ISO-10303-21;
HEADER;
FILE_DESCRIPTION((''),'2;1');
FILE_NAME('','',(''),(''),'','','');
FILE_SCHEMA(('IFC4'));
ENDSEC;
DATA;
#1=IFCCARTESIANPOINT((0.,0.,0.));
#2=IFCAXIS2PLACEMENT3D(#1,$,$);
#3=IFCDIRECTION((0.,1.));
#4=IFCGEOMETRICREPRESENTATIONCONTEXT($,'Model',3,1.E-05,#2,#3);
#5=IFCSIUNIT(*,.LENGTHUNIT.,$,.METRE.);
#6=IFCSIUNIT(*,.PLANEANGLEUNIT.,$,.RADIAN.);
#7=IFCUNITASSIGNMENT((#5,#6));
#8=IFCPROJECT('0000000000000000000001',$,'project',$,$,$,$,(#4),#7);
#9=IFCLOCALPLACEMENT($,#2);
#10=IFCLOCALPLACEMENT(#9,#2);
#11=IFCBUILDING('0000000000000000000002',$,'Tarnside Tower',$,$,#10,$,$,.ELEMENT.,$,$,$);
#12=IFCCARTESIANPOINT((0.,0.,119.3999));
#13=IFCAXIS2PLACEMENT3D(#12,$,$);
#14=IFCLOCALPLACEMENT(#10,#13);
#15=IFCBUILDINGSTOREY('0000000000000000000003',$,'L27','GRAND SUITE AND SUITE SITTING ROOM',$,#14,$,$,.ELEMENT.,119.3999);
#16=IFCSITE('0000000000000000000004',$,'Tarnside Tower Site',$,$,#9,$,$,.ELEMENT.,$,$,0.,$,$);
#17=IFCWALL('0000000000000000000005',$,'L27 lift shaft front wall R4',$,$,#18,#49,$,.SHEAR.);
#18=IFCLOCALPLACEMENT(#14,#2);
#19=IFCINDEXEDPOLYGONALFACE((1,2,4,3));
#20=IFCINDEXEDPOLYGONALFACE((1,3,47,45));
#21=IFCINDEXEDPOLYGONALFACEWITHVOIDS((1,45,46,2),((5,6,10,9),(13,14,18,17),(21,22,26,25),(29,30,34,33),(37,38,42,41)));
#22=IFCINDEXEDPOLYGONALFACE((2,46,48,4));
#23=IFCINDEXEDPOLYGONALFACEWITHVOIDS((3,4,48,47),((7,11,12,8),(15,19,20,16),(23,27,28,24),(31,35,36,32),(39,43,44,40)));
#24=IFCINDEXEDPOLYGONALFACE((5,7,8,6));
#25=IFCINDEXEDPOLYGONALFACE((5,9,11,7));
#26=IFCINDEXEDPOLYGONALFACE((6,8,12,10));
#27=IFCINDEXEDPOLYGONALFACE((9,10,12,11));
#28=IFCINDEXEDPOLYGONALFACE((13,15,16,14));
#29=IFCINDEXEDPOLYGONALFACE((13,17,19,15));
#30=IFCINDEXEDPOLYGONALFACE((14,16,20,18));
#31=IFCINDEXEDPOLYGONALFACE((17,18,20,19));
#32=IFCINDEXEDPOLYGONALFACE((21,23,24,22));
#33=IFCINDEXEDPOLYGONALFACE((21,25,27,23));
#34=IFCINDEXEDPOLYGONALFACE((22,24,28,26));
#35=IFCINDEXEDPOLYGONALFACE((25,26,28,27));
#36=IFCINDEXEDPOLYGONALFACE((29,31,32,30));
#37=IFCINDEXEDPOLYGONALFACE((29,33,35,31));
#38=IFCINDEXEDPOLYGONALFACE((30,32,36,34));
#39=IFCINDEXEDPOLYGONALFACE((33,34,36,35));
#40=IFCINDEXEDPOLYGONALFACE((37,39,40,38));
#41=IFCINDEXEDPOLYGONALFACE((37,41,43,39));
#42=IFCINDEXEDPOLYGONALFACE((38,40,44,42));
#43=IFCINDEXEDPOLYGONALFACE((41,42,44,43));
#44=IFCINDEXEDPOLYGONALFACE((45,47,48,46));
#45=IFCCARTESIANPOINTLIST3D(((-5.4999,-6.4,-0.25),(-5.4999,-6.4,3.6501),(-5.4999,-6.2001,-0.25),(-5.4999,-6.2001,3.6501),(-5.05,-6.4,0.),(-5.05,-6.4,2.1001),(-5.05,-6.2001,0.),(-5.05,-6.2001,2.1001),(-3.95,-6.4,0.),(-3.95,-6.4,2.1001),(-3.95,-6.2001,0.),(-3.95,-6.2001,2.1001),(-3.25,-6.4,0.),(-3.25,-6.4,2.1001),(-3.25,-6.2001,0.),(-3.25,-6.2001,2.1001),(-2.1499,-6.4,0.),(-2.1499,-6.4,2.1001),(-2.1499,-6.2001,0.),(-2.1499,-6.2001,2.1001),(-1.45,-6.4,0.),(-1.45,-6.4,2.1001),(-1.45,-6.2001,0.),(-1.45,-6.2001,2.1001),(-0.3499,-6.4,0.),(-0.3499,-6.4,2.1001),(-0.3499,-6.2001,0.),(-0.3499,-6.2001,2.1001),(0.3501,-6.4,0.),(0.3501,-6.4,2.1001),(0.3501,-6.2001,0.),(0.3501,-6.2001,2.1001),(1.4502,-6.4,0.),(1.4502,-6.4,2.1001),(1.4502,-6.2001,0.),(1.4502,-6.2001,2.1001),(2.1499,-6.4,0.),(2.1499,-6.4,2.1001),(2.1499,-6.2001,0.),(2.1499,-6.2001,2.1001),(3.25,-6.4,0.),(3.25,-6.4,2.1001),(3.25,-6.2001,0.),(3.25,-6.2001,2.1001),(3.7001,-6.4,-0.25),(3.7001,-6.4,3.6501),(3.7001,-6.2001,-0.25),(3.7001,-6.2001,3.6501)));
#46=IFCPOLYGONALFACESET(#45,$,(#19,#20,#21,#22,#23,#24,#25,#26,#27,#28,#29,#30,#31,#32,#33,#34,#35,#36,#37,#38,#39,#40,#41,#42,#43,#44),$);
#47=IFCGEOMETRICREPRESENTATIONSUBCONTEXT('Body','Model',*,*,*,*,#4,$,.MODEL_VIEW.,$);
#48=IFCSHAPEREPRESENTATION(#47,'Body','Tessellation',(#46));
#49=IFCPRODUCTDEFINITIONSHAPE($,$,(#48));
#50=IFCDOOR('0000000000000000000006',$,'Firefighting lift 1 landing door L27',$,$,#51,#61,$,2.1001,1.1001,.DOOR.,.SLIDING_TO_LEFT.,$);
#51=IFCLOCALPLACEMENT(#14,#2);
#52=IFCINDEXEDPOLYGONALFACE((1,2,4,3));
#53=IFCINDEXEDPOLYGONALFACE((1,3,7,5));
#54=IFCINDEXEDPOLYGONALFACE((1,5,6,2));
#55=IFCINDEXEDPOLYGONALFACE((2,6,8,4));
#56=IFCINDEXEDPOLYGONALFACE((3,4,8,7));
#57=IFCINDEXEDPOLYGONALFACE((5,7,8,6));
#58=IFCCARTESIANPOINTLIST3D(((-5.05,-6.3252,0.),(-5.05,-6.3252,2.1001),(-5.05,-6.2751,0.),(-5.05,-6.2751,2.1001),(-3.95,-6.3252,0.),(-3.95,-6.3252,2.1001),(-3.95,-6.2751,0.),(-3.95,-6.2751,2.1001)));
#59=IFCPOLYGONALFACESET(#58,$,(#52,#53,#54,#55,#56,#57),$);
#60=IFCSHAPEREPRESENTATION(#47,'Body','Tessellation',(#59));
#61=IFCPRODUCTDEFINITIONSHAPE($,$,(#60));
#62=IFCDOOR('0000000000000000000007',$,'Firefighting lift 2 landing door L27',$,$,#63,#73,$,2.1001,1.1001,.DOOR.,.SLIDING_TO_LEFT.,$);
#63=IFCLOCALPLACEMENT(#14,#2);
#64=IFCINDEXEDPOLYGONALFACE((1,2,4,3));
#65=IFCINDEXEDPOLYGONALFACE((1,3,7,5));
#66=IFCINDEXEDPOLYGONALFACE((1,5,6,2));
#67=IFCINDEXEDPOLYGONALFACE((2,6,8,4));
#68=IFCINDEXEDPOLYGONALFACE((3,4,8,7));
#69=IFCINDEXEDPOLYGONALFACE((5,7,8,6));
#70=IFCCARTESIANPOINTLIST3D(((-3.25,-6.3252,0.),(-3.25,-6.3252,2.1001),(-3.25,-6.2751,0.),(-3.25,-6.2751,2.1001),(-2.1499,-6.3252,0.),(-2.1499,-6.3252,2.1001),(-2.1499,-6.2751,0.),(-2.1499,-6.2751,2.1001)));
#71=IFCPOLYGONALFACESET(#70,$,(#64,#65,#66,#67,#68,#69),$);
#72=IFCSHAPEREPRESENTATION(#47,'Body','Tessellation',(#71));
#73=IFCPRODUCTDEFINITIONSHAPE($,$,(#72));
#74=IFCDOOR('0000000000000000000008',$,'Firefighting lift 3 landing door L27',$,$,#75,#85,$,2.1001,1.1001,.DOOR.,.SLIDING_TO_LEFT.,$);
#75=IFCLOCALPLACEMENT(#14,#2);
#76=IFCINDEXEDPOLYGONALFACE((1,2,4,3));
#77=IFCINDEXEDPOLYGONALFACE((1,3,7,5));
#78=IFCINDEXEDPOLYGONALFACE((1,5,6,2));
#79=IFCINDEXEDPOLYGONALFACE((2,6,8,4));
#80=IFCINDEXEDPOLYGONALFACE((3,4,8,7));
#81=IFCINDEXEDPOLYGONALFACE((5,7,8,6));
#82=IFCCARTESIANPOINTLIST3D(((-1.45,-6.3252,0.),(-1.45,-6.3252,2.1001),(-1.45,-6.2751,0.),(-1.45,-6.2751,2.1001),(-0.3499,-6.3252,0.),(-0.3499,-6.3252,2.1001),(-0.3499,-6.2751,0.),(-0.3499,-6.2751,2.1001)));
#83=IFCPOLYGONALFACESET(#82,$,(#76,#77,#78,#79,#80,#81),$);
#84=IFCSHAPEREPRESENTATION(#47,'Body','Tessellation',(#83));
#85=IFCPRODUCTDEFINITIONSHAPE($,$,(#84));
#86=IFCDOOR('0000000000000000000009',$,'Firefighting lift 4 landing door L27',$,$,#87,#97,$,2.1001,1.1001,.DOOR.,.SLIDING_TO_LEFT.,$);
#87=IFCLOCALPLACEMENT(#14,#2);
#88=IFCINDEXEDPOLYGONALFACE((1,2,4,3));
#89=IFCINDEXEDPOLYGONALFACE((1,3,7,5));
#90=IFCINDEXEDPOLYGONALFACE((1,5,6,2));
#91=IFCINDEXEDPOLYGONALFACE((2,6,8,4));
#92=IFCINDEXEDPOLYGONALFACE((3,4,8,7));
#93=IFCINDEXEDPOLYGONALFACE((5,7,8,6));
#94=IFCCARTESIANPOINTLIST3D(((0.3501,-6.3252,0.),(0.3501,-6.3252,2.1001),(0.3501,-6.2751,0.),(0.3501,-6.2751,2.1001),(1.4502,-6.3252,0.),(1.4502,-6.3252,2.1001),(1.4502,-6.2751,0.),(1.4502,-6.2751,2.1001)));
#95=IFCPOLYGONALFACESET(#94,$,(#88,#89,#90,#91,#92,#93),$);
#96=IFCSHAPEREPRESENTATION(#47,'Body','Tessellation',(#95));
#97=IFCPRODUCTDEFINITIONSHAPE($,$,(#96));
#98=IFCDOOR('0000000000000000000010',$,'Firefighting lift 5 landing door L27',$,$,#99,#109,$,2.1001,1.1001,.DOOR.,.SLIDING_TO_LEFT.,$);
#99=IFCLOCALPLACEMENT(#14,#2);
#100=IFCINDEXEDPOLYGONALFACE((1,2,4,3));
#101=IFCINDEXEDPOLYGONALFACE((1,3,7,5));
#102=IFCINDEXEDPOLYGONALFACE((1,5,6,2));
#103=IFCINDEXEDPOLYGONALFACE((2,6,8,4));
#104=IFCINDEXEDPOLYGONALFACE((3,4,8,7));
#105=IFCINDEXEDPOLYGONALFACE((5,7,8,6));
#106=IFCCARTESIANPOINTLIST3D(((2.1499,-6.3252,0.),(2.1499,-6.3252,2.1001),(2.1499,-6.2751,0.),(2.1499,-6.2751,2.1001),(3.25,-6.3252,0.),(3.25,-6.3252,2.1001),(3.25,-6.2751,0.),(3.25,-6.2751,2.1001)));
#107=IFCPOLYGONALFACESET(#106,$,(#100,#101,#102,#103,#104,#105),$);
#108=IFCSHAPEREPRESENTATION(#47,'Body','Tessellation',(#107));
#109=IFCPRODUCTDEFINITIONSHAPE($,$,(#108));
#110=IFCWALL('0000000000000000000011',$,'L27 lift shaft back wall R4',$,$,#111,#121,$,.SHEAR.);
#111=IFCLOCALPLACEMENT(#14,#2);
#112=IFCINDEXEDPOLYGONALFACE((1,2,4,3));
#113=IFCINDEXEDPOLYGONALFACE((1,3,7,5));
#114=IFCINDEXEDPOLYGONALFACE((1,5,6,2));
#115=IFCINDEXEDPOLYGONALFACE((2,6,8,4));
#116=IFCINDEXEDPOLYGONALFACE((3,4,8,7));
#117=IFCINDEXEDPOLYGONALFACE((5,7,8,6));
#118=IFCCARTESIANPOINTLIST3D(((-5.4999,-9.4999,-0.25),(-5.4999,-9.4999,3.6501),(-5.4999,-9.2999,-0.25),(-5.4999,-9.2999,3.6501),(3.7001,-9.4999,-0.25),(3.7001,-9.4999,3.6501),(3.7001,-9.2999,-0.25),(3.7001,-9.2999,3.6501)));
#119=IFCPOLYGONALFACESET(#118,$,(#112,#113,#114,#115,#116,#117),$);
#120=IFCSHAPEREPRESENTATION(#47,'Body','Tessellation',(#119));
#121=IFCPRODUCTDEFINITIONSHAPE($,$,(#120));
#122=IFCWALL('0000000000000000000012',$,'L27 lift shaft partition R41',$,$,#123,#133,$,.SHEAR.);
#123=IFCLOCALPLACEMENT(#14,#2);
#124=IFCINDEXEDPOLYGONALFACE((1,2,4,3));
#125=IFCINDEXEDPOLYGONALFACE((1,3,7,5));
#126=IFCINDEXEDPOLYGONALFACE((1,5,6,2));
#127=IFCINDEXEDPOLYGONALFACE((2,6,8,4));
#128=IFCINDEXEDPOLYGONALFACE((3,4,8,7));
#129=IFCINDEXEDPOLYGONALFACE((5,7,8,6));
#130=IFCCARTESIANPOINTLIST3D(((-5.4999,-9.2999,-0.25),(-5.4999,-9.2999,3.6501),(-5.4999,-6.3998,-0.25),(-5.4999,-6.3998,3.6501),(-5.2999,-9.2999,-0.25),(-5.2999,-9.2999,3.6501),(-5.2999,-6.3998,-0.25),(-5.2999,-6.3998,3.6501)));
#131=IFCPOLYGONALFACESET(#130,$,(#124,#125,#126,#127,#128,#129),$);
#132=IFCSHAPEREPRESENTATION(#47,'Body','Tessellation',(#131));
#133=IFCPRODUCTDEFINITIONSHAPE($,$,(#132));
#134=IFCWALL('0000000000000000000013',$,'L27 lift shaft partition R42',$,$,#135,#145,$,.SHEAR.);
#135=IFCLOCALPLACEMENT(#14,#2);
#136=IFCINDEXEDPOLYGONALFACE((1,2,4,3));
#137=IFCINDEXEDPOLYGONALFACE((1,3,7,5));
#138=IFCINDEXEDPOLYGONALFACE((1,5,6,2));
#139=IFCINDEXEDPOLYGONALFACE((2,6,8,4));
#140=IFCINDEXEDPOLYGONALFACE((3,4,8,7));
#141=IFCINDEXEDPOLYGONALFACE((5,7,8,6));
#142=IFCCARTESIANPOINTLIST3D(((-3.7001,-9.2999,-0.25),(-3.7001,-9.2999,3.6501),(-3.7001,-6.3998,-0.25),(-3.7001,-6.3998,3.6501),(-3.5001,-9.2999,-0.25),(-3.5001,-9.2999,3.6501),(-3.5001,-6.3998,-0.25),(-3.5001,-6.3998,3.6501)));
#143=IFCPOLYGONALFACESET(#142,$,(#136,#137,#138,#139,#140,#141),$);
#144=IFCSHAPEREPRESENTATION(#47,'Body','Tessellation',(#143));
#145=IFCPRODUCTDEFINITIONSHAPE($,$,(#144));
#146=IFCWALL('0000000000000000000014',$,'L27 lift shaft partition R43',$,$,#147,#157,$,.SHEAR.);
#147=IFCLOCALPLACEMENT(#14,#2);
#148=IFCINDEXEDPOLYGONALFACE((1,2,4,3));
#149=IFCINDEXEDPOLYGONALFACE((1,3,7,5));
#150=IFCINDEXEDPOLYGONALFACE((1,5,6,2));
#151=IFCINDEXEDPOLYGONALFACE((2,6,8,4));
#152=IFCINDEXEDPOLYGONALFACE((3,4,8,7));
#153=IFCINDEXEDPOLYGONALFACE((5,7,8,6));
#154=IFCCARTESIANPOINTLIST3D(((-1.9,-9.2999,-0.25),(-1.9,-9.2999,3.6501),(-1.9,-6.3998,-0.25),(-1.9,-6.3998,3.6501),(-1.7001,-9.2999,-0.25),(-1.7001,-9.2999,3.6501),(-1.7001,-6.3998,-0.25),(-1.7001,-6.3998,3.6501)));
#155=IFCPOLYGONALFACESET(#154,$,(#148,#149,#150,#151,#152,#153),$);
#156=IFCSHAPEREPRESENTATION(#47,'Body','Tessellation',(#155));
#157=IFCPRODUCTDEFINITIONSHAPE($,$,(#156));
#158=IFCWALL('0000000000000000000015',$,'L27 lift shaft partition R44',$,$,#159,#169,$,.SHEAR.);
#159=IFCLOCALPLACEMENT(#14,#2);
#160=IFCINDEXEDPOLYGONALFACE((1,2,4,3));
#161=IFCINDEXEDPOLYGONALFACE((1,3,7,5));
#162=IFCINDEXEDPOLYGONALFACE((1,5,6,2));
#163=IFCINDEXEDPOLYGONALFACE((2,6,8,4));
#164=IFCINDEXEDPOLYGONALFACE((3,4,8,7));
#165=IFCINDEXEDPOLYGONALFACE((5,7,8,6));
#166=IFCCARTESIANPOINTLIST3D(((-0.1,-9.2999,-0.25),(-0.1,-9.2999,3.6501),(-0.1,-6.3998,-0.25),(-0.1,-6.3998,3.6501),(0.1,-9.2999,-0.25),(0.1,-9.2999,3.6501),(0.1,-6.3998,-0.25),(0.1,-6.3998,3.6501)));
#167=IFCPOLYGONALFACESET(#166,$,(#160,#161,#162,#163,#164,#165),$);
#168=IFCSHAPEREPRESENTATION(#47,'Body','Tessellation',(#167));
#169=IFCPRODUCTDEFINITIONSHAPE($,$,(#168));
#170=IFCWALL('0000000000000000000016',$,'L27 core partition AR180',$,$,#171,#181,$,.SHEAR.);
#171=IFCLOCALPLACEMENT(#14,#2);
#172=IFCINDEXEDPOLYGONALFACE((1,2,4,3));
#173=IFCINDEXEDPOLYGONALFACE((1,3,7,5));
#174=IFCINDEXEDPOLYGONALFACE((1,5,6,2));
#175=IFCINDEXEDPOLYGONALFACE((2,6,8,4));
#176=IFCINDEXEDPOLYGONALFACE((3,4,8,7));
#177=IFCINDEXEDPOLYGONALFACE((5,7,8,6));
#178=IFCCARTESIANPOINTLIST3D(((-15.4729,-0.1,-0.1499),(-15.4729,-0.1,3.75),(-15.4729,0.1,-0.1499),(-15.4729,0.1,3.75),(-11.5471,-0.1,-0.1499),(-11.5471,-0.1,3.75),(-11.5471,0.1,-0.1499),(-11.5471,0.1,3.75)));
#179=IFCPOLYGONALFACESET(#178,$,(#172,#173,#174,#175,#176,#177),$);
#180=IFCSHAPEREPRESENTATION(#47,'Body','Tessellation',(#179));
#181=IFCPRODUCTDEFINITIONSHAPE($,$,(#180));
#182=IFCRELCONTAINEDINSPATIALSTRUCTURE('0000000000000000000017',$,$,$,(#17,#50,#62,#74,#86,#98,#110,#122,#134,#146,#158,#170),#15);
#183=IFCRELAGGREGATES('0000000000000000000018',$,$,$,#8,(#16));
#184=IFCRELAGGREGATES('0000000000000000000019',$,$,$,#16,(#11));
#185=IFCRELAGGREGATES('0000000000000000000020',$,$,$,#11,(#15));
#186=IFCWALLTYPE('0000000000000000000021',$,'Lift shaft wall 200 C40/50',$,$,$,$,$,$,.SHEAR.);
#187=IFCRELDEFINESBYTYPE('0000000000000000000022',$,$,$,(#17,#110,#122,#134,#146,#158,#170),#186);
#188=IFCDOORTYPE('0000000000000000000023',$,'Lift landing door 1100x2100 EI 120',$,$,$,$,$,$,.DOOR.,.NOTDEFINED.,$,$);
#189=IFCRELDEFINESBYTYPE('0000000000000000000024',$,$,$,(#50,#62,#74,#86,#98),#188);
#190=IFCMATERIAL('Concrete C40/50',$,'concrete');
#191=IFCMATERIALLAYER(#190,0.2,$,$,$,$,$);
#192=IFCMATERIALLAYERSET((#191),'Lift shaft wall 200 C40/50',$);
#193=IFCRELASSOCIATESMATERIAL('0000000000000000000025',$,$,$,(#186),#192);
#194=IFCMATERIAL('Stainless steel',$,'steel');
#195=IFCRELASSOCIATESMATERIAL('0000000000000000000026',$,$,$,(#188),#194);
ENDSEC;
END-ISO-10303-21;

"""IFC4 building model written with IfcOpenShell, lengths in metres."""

from ifc_helpers import new_model, si_unit, direction, frame, frame_2d, origin, place, context, subcontext, project, spatial, rectangle, extrude, material, layer, layer_set, type_object, element, fill, save


model = new_model("IFC4")

# Units and contexts
model_context = context("Model", 3, precision=1e-05, world=origin(), true_north=direction((0.0, 1.0)))
body_context = subcontext(model_context, "Body", "Model", "MODEL_VIEW")
ifc_project = project(units=[si_unit("LENGTHUNIT", "METRE"), si_unit("PLANEANGLEUNIT", "RADIAN")], contexts=[model_context])

# Site, building, storey
site_placement = place(None, origin())
site = spatial("IfcSite", under=ifc_project, at=site_placement, Name="Tarnside Tower Site", CompositionType="ELEMENT", RefElevation=0.0)
building_placement = place(site_placement, origin())
building = spatial("IfcBuilding", under=site, at=building_placement, Name="Tarnside Tower", CompositionType="ELEMENT")
storey_placement = place(building_placement, frame((0.0, 0.0, 119.3999)))
storey = spatial("IfcBuildingStorey", under=building, at=storey_placement, Name="L27", Description="GRAND SUITE AND SUITE SITTING ROOM", CompositionType="ELEMENT", Elevation=119.3999)

# Shared definitions
ifc_material_1 = material(Name="Concrete C40/50", Category="concrete")

# Wall, openings, doors
ifc_layer_1 = layer(ifc_material_1, 0.2)
ifc_layer_set_1 = layer_set([ifc_layer_1], Name="Lift shaft wall 200 C40/50")
wall_type_1 = type_object("IfcWallType", Name="Lift shaft wall 200 C40/50", PredefinedType="SHEAR", material=ifc_layer_set_1)
wall_1_placement = place(storey_placement, frame((-5.5, -6.3, -0.25), z_axis=(0.0, 0.0, 1.0), x_axis=(1.0, 0.0, 0.0)))
wall_1 = element("IfcWall", 1, at=wall_1_placement, inside=storey, type_object=wall_type_1, Name="L27 lift shaft front wall R4", PredefinedType="SHEAR", context=body_context, shape_type="SweptSolid", body=[
    extrude(rectangle(XDim=9.2, YDim=0.2, at=frame_2d((4.6001, 0.0))), origin(), (0.0, 0.0, 1.0), 3.9001),
])
opening_1_placement = place(wall_1_placement, frame((0.45, 0.0, 0.25)))
opening_1 = element("IfcOpeningElement", 2, at=opening_1_placement, cuts=wall_1, PredefinedType="OPENING", context=body_context, shape_type="SweptSolid", body=[
    extrude(rectangle(XDim=1.1001, YDim=2.1001, at=frame_2d((0.55, 1.05))), frame((0.0, 0.1099, 0.0), z_axis=(0.0, -1.0, 0.0), x_axis=(1.0, 0.0, 0.0)), (0.0, 0.0, 1.0), 0.22),
])
opening_2_placement = place(wall_1_placement, frame((2.25, 0.0, 0.25)))
opening_2 = element("IfcOpeningElement", 3, at=opening_2_placement, cuts=wall_1, PredefinedType="OPENING", context=body_context, shape_type="SweptSolid", body=[
    extrude(rectangle(XDim=1.1001, YDim=2.1001, at=frame_2d((0.55, 1.05))), frame((0.0, 0.1099, 0.0), z_axis=(0.0, -1.0, 0.0), x_axis=(1.0, 0.0, 0.0)), (0.0, 0.0, 1.0), 0.22),
])
opening_3_placement = place(wall_1_placement, frame((4.05, 0.0, 0.25)))
opening_3 = element("IfcOpeningElement", 4, at=opening_3_placement, cuts=wall_1, PredefinedType="OPENING", context=body_context, shape_type="SweptSolid", body=[
    extrude(rectangle(XDim=1.1001, YDim=2.1001, at=frame_2d((0.55, 1.05))), frame((0.0, 0.1099, 0.0), z_axis=(0.0, -1.0, 0.0), x_axis=(1.0, 0.0, 0.0)), (0.0, 0.0, 1.0), 0.22),
])
opening_4_placement = place(wall_1_placement, frame((5.8501, 0.0, 0.25)))
opening_4 = element("IfcOpeningElement", 5, at=opening_4_placement, cuts=wall_1, PredefinedType="OPENING", context=body_context, shape_type="SweptSolid", body=[
    extrude(rectangle(XDim=1.1001, YDim=2.1001, at=frame_2d((0.55, 1.05))), frame((0.0, 0.1099, 0.0), z_axis=(0.0, -1.0, 0.0), x_axis=(1.0, 0.0, 0.0)), (0.0, 0.0, 1.0), 0.22),
])
opening_5_placement = place(wall_1_placement, frame((7.6499, 0.0, 0.25)))
opening_5 = element("IfcOpeningElement", 6, at=opening_5_placement, cuts=wall_1, PredefinedType="OPENING", context=body_context, shape_type="SweptSolid", body=[
    extrude(rectangle(XDim=1.1001, YDim=2.1001, at=frame_2d((0.55, 1.05))), frame((0.0, 0.1099, 0.0), z_axis=(0.0, -1.0, 0.0), x_axis=(1.0, 0.0, 0.0)), (0.0, 0.0, 1.0), 0.22),
])
ifc_material_2 = material(Name="Stainless steel", Category="steel")
door_type_1 = type_object("IfcDoorType", Name="Lift landing door 1100x2100 EI 120", OperationType="NOTDEFINED", PredefinedType="DOOR", material=ifc_material_2)
door_1_placement = place(opening_1_placement, origin())
door_1 = element("IfcDoor", 7, at=door_1_placement, inside=storey, type_object=door_type_1, Name="Firefighting lift 1 landing door L27", OperationType="SLIDING_TO_LEFT", OverallHeight=2.1001, OverallWidth=1.1001, PredefinedType="DOOR", context=body_context, shape_type="SweptSolid", body=[
    extrude(rectangle(XDim=1.1001, YDim=2.1001, at=frame_2d((0.55, 1.05))), frame((0.0, 0.0249, 0.0), z_axis=(0.0, -1.0, 0.0), x_axis=(1.0, 0.0, 0.0)), (0.0, 0.0, 1.0), 0.05),
])
fill(opening_1, door_1)
door_2_placement = place(opening_2_placement, origin())
door_2 = element("IfcDoor", 8, at=door_2_placement, inside=storey, type_object=door_type_1, Name="Firefighting lift 2 landing door L27", OperationType="SLIDING_TO_LEFT", OverallHeight=2.1001, OverallWidth=1.1001, PredefinedType="DOOR", context=body_context, shape_type="SweptSolid", body=[
    extrude(rectangle(XDim=1.1001, YDim=2.1001, at=frame_2d((0.55, 1.05))), frame((0.0, 0.0249, 0.0), z_axis=(0.0, -1.0, 0.0), x_axis=(1.0, 0.0, 0.0)), (0.0, 0.0, 1.0), 0.05),
])
fill(opening_2, door_2)
door_3_placement = place(opening_3_placement, origin())
door_3 = element("IfcDoor", 9, at=door_3_placement, inside=storey, type_object=door_type_1, Name="Firefighting lift 3 landing door L27", OperationType="SLIDING_TO_LEFT", OverallHeight=2.1001, OverallWidth=1.1001, PredefinedType="DOOR", context=body_context, shape_type="SweptSolid", body=[
    extrude(rectangle(XDim=1.1001, YDim=2.1001, at=frame_2d((0.55, 1.05))), frame((0.0, 0.0249, 0.0), z_axis=(0.0, -1.0, 0.0), x_axis=(1.0, 0.0, 0.0)), (0.0, 0.0, 1.0), 0.05),
])
fill(opening_3, door_3)
door_4_placement = place(opening_4_placement, origin())
door_4 = element("IfcDoor", 10, at=door_4_placement, inside=storey, type_object=door_type_1, Name="Firefighting lift 4 landing door L27", OperationType="SLIDING_TO_LEFT", OverallHeight=2.1001, OverallWidth=1.1001, PredefinedType="DOOR", context=body_context, shape_type="SweptSolid", body=[
    extrude(rectangle(XDim=1.1001, YDim=2.1001, at=frame_2d((0.55, 1.05))), frame((0.0, 0.0249, 0.0), z_axis=(0.0, -1.0, 0.0), x_axis=(1.0, 0.0, 0.0)), (0.0, 0.0, 1.0), 0.05),
])
fill(opening_4, door_4)
door_5_placement = place(opening_5_placement, origin())
door_5 = element("IfcDoor", 11, at=door_5_placement, inside=storey, type_object=door_type_1, Name="Firefighting lift 5 landing door L27", OperationType="SLIDING_TO_LEFT", OverallHeight=2.1001, OverallWidth=1.1001, PredefinedType="DOOR", context=body_context, shape_type="SweptSolid", body=[
    extrude(rectangle(XDim=1.1001, YDim=2.1001, at=frame_2d((0.55, 1.05))), frame((0.0, 0.0249, 0.0), z_axis=(0.0, -1.0, 0.0), x_axis=(1.0, 0.0, 0.0)), (0.0, 0.0, 1.0), 0.05),
])
fill(opening_5, door_5)

# Walls
wall_2_placement = place(storey_placement, frame((-5.5, -9.3999, -0.25), z_axis=(0.0, 0.0, 1.0), x_axis=(1.0, 0.0, 0.0)))
element("IfcWall", 12, at=wall_2_placement, inside=storey, type_object=wall_type_1, Name="L27 lift shaft back wall R4", PredefinedType="SHEAR", context=body_context, shape_type="SweptSolid", body=[
    extrude(rectangle(XDim=9.2, YDim=0.2, at=frame_2d((4.6001, 0.0))), origin(), (0.0, 0.0, 1.0), 3.9001),
])
for number, where, z_axis, x_axis, name in (
    (13, (-5.3999, -9.3, -0.25), (0.0, 0.0, 1.0), (0.0, 1.0, 0.0), "L27 lift shaft partition R41"),
    (14, (-3.6001, -9.3, -0.25), (0.0, 0.0, 1.0), (0.0, 1.0, 0.0), "L27 lift shaft partition R42"),
    (15, (-1.8, -9.3, -0.25), (0.0, 0.0, 1.0), (0.0, 1.0, 0.0), "L27 lift shaft partition R43"),
    (16, (0.0, -9.3, -0.25), (0.0, 0.0, 1.0), (0.0, 1.0, 0.0), "L27 lift shaft partition R44"),
):
    element("IfcWall", number, at=place(storey_placement, frame(where, z_axis=z_axis, x_axis=x_axis)), inside=storey, type_object=wall_type_1, Name=name, PredefinedType="SHEAR", context=body_context, shape_type="SweptSolid", body=[
        extrude(rectangle(XDim=2.9001, YDim=0.2, at=frame_2d((1.4502, 0.0))), origin(), (0.0, 0.0, 1.0), 3.9001),
    ])
wall_3_placement = place(storey_placement, frame((-11.5471, 0.0, -0.1499), z_axis=(0.0, 0.0, 1.0), x_axis=(-1.0, 0.0, 0.0)))
element("IfcWall", 17, at=wall_3_placement, inside=storey, type_object=wall_type_1, Name="L27 core partition AR180", PredefinedType="SHEAR", context=body_context, shape_type="SweptSolid", body=[
    extrude(rectangle(XDim=3.9258, YDim=0.2, at=frame_2d((1.9629, 0.0))), origin(), (0.0, 0.0, 1.0), 3.8999),
])

save(model, "model.ifc")
